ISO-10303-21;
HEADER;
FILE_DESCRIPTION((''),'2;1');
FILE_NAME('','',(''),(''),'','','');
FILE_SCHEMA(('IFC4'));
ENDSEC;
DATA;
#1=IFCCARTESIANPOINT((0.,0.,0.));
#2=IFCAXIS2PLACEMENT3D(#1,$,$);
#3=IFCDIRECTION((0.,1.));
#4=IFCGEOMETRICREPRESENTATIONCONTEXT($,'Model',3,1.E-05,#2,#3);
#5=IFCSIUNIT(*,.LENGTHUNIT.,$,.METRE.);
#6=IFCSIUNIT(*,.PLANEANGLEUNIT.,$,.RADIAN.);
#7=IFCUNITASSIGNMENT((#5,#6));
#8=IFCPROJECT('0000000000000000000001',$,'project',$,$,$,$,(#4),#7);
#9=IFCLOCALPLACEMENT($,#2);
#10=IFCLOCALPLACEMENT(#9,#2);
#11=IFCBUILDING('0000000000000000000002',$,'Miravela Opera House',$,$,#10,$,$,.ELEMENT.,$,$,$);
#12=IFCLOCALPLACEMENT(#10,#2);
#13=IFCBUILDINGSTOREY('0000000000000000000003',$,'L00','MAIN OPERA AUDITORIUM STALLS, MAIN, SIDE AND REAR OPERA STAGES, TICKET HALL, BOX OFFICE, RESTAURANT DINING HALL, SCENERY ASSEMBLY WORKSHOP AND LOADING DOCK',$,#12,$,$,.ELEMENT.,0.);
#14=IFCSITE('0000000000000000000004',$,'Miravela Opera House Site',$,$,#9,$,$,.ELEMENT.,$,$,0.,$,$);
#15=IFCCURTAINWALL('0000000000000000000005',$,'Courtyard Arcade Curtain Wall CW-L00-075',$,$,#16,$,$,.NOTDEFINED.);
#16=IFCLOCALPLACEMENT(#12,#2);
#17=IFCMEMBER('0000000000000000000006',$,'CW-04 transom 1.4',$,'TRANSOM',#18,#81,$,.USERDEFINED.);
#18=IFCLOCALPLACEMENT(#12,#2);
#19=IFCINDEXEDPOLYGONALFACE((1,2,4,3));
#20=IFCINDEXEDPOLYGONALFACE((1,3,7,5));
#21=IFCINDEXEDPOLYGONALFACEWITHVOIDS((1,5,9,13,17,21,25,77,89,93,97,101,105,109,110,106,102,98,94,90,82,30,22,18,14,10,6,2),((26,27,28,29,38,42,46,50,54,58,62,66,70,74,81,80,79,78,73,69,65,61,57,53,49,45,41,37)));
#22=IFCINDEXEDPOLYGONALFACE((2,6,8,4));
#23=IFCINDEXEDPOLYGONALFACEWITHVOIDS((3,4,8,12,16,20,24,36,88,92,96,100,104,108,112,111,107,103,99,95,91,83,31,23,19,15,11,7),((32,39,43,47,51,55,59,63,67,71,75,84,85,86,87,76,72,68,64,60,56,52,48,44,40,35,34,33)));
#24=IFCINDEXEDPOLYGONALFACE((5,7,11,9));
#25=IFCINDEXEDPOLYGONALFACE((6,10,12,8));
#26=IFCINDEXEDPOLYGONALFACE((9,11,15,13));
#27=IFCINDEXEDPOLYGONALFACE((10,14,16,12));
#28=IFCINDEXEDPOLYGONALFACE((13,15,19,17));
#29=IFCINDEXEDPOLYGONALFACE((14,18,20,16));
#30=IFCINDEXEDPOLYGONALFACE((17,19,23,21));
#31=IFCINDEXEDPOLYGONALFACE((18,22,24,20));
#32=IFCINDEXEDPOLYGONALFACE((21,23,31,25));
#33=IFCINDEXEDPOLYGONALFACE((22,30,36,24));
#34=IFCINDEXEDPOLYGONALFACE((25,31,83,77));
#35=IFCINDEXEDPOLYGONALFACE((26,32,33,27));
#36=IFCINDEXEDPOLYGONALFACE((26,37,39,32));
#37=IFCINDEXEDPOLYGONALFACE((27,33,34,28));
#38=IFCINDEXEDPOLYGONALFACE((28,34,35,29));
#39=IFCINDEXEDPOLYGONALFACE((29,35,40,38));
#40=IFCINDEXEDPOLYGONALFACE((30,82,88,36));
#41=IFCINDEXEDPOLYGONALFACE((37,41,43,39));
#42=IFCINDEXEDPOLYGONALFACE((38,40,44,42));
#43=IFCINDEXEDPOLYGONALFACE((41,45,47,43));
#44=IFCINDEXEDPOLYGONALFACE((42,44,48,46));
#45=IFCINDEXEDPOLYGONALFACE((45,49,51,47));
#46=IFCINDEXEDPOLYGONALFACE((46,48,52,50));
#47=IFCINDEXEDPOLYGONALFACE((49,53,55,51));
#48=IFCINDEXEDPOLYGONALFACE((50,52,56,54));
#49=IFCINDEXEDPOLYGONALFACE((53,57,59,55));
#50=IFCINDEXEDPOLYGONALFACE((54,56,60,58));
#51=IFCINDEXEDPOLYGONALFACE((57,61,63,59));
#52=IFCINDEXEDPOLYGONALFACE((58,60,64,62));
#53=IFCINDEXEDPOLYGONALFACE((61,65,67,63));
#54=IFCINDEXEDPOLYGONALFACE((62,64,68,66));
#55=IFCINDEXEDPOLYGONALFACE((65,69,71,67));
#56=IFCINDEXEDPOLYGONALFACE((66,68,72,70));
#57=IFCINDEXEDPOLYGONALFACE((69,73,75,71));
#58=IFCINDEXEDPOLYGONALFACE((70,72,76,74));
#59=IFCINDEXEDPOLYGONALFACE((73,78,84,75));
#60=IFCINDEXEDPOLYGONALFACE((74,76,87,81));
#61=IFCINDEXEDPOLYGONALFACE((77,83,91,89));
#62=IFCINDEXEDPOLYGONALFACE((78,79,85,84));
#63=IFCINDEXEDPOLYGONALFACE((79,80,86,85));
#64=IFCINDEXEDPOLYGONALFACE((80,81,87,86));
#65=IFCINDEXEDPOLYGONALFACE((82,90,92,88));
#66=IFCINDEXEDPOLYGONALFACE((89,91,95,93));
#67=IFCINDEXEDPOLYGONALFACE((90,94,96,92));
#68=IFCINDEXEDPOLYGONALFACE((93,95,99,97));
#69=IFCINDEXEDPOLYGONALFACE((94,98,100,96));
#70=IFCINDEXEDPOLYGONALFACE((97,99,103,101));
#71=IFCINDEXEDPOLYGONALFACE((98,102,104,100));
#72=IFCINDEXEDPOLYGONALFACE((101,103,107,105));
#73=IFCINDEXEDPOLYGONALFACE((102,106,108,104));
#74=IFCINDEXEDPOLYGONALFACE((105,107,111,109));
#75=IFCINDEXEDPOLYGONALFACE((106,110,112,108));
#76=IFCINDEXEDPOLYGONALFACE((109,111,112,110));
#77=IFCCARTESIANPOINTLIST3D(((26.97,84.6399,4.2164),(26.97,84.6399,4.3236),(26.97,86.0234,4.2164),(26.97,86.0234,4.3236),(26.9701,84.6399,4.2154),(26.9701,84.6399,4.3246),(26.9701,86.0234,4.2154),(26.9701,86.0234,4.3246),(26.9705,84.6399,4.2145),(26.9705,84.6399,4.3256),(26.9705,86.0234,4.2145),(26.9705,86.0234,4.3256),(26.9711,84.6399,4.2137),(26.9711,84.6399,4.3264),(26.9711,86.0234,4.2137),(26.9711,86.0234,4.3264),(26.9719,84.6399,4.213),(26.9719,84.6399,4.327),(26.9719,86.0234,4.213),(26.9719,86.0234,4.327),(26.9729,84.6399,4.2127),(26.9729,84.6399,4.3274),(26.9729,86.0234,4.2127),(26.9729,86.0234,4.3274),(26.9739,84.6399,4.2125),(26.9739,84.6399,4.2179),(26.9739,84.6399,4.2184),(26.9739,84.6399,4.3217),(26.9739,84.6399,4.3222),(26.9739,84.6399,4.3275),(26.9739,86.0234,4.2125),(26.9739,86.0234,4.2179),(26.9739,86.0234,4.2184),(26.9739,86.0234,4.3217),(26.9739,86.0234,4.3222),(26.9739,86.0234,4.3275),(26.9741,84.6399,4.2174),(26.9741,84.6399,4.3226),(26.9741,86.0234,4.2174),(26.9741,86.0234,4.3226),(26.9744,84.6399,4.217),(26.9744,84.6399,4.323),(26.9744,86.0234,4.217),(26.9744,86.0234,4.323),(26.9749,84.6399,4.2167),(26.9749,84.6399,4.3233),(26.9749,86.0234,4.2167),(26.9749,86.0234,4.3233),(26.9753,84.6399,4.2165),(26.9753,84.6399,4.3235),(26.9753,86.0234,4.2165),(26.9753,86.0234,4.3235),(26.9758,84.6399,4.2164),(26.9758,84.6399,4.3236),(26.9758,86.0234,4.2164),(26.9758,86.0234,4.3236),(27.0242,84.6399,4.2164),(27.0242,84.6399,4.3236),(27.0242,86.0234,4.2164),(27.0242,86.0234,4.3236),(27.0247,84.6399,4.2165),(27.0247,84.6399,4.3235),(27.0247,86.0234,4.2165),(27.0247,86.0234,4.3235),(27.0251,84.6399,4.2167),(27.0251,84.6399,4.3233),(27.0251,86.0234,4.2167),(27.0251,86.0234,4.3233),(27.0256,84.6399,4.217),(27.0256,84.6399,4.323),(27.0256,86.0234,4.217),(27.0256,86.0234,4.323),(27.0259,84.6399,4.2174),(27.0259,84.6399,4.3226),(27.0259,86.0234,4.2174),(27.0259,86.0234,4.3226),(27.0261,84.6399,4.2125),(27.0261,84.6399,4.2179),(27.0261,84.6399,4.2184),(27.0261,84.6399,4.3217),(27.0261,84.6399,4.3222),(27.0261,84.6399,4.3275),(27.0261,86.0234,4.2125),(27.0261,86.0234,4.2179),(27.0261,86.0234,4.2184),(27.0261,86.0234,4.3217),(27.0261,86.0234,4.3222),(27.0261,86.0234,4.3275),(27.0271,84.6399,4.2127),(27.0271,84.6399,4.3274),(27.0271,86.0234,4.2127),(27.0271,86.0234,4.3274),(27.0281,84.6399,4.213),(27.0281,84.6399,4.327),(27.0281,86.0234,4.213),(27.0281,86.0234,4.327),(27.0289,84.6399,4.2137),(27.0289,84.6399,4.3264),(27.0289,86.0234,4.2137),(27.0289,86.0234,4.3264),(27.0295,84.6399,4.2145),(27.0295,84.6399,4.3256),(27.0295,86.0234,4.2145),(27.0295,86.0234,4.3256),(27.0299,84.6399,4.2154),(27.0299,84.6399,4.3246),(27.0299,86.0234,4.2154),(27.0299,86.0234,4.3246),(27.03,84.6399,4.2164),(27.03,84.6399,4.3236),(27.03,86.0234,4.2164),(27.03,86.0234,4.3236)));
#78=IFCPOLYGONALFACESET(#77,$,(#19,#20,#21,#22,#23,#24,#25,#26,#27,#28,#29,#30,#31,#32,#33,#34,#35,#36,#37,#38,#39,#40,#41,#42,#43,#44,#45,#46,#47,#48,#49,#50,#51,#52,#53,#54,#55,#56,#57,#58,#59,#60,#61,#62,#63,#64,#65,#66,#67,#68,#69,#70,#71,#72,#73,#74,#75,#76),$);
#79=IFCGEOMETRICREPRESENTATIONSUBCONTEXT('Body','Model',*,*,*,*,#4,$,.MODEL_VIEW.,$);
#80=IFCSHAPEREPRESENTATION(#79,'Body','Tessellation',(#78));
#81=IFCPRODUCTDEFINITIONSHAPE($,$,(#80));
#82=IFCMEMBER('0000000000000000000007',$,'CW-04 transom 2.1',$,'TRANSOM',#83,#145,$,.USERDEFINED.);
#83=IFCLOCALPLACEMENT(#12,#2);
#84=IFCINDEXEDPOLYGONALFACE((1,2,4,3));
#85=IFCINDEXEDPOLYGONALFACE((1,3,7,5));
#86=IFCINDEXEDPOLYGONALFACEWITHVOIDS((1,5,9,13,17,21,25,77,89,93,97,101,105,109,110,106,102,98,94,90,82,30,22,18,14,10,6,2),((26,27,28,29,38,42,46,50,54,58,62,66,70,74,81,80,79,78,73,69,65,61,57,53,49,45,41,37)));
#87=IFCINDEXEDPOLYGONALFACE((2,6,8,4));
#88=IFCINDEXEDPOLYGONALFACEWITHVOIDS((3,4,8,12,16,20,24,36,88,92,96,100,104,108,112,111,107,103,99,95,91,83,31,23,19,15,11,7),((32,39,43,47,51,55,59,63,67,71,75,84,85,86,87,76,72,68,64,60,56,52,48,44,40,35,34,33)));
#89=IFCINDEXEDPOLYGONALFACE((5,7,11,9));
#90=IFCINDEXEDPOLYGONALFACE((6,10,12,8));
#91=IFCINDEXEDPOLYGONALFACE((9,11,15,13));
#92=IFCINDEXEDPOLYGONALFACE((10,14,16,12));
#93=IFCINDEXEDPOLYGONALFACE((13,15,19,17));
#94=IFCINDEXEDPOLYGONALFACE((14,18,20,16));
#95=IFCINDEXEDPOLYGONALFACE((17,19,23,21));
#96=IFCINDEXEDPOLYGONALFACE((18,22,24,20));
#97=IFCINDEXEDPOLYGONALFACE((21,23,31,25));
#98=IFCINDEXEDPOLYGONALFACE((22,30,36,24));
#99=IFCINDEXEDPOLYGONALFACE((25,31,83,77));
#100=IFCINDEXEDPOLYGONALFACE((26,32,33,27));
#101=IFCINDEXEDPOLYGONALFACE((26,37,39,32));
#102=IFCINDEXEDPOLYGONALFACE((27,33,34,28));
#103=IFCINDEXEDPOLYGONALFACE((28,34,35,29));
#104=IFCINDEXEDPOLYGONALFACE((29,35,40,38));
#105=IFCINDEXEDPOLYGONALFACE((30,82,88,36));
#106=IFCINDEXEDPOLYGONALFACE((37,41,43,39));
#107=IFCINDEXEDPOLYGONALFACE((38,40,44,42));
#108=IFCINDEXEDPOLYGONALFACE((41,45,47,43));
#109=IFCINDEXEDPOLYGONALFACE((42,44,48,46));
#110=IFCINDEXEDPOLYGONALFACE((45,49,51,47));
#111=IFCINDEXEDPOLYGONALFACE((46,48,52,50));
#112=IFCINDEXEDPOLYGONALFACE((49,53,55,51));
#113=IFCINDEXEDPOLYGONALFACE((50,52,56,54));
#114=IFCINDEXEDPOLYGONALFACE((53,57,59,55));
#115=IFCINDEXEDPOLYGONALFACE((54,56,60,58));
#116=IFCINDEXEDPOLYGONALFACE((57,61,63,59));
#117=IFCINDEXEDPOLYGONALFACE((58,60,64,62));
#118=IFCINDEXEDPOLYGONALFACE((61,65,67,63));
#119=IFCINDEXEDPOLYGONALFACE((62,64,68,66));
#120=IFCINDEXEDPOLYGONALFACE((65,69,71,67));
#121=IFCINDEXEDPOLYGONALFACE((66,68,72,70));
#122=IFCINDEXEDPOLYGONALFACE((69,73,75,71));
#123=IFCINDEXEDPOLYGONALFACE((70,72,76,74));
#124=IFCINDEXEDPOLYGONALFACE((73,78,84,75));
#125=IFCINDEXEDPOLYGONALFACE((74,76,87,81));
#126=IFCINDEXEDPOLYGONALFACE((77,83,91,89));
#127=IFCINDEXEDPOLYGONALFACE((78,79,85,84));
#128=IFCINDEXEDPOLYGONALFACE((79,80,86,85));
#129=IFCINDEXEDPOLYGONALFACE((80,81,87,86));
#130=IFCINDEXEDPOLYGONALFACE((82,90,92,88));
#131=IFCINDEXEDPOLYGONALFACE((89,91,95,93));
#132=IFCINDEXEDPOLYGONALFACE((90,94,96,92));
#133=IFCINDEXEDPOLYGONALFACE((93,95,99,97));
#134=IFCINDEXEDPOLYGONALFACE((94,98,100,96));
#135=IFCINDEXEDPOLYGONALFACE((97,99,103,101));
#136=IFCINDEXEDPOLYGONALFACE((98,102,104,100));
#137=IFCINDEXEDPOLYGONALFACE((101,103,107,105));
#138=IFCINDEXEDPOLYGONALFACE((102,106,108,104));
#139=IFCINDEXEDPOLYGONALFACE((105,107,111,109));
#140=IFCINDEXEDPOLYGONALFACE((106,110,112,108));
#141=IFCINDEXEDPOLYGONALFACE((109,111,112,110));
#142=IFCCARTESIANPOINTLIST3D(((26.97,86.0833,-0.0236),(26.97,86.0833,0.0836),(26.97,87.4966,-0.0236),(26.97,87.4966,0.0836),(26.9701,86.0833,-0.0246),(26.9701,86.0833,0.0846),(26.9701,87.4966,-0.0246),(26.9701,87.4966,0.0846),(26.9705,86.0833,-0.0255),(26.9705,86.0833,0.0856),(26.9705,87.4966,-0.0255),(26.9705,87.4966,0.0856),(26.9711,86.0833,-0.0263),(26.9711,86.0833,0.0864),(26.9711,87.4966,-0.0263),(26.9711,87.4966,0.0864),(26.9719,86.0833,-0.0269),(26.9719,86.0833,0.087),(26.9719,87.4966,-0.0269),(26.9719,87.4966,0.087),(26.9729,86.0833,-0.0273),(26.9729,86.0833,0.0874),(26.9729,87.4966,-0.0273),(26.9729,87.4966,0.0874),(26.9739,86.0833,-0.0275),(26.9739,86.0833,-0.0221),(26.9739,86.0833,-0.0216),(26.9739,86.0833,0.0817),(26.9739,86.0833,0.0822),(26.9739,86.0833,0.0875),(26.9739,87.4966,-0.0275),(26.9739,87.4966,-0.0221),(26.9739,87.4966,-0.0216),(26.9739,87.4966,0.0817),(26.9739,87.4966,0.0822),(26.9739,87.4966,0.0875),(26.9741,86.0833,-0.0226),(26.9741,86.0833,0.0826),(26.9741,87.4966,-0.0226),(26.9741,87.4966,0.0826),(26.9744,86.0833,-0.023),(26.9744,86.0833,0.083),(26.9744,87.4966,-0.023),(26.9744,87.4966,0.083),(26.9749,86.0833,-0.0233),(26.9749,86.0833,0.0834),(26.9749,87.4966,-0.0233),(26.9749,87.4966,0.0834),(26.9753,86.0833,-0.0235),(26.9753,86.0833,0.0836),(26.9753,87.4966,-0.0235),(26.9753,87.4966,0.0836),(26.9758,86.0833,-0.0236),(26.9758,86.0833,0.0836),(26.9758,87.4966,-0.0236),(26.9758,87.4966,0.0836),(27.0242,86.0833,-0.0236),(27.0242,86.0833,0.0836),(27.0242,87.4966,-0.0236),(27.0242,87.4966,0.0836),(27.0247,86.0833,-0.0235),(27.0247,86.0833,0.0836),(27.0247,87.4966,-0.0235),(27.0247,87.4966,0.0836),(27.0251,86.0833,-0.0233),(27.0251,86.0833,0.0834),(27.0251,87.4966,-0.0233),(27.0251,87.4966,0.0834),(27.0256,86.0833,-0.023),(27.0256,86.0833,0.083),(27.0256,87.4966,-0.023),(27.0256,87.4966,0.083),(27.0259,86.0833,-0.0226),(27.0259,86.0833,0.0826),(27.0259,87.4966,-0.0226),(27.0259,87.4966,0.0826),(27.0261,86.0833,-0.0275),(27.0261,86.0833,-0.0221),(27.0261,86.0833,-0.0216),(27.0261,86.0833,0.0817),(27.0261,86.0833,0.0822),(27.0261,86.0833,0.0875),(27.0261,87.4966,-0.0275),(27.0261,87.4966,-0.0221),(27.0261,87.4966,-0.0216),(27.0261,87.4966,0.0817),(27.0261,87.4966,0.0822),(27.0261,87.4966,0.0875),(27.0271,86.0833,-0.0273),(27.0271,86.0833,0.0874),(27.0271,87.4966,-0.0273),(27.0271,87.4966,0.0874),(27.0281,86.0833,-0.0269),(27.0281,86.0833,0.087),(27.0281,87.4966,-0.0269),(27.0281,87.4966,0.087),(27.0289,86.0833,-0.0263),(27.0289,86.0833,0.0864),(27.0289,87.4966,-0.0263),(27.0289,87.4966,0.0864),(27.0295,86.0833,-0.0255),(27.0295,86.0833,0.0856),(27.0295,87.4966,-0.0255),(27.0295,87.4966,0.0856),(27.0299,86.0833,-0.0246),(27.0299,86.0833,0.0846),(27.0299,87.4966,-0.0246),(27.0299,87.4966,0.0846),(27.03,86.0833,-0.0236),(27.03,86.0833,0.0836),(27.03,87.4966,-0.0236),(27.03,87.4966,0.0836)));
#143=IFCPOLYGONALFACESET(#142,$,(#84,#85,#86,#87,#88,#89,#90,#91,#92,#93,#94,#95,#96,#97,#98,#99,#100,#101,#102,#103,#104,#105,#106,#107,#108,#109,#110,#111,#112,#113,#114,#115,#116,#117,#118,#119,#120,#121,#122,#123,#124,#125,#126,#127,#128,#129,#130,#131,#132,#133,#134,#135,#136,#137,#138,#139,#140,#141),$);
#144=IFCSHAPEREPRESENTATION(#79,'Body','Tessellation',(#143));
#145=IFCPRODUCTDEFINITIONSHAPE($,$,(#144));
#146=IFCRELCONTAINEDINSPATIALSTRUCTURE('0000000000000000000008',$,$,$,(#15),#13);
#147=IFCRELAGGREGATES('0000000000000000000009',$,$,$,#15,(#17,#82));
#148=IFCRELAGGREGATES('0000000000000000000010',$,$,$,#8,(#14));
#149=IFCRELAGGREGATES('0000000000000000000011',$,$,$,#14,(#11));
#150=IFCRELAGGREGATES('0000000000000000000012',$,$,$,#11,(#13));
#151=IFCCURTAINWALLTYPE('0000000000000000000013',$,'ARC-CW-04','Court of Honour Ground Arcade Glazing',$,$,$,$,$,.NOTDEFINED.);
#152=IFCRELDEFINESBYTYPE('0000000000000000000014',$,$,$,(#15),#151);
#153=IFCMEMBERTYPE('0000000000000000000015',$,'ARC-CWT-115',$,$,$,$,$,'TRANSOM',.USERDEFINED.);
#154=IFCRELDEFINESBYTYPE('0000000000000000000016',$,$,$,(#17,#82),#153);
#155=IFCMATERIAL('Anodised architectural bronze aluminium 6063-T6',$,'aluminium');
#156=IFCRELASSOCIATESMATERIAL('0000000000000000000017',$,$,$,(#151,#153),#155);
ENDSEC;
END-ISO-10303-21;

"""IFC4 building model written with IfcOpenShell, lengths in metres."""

from ifc_helpers import new_model, si_unit, direction, frame, origin, origin_2d, place, context, subcontext, project, spatial, hollow_rectangle, extrude, material, material_profile, profile_set, type_object, element, aggregate, save


model = new_model("IFC4")

# Units and contexts
model_context = context("Model", 3, precision=1e-05, world=origin(), true_north=direction((0.0, 1.0)))
body_context = subcontext(model_context, "Body", "Model", "MODEL_VIEW")
ifc_project = project(units=[si_unit("LENGTHUNIT", "METRE"), si_unit("PLANEANGLEUNIT", "RADIAN")], contexts=[model_context])

# Site, building, storey
site_placement = place(None, origin())
site = spatial("IfcSite", under=ifc_project, at=site_placement, Name="Miravela Opera House Site", CompositionType="ELEMENT", RefElevation=0.0)
building_placement = place(site_placement, origin())
building = spatial("IfcBuilding", under=site, at=building_placement, Name="Miravela Opera House", CompositionType="ELEMENT")
storey_placement = place(building_placement, origin())
storey = spatial("IfcBuildingStorey", under=building, at=storey_placement, Name="L00", Description="MAIN OPERA AUDITORIUM STALLS, MAIN, SIDE AND REAR OPERA STAGES, TICKET HALL, BOX OFFICE, RESTAURANT DINING HALL, SCENERY ASSEMBLY WORKSHOP AND LOADING DOCK", CompositionType="ELEMENT", Elevation=0.0)

# Curtain wall, members
ifc_material_1 = material(Name="Anodised architectural bronze aluminium 6063-T6", Category="aluminium")
curtain_wall_type = type_object("IfcCurtainWallType", Name="ARC-CW-04", Description="Court of Honour Ground Arcade Glazing", PredefinedType="NOTDEFINED", material=ifc_material_1)
curtain_wall_placement = place(storey_placement, origin())
curtain_wall = element("IfcCurtainWall", 1, at=curtain_wall_placement, inside=storey, type_object=curtain_wall_type, Name="Courtyard Arcade Curtain Wall CW-L00-075", PredefinedType="NOTDEFINED")
ifc_material_profile_1 = material_profile(ifc_material_1, hollow_rectangle(XDim=0.0601, YDim=0.115, WallThickness=0.0039, InnerFilletRadius=0.002, OuterFilletRadius=0.0039, at=origin_2d()), Name="CWT-60X115")
ifc_profile_set_1 = profile_set([ifc_material_profile_1])
member_type_1 = type_object("IfcMemberType", Name="ARC-CWT-115", ElementType="TRANSOM", PredefinedType="USERDEFINED", material=ifc_profile_set_1)
member_1_placement = place(storey_placement, frame((27.0, 84.6399, 4.27), z_axis=(0.0, 1.0, 0.0), x_axis=(-1.0, 0.0, 0.0)))
member_1 = element("IfcMember", 2, at=member_1_placement, type_object=member_type_1, Name="CW-04 transom 1.4", ObjectType="TRANSOM", PredefinedType="USERDEFINED", context=body_context, shape_type="SweptSolid", body=[
    extrude(hollow_rectangle(XDim=0.0601, YDim=0.115, WallThickness=0.0039, InnerFilletRadius=0.002, OuterFilletRadius=0.0039, at=origin_2d()), origin(), (0.0, 0.0, 1.0), 1.3835),
])
member_2_placement = place(storey_placement, frame((27.0, 86.0833, 0.03), z_axis=(0.0, 1.0, 0.0), x_axis=(-1.0, 0.0, 0.0)))
member_2 = element("IfcMember", 3, at=member_2_placement, type_object=member_type_1, Name="CW-04 transom 2.1", ObjectType="TRANSOM", PredefinedType="USERDEFINED", context=body_context, shape_type="SweptSolid", body=[
    extrude(hollow_rectangle(XDim=0.0601, YDim=0.115, WallThickness=0.0039, InnerFilletRadius=0.002, OuterFilletRadius=0.0039, at=origin_2d()), origin(), (0.0, 0.0, 1.0), 1.4133),
])

aggregate(curtain_wall, [member_1, member_2])

save(model, "model.ifc")
